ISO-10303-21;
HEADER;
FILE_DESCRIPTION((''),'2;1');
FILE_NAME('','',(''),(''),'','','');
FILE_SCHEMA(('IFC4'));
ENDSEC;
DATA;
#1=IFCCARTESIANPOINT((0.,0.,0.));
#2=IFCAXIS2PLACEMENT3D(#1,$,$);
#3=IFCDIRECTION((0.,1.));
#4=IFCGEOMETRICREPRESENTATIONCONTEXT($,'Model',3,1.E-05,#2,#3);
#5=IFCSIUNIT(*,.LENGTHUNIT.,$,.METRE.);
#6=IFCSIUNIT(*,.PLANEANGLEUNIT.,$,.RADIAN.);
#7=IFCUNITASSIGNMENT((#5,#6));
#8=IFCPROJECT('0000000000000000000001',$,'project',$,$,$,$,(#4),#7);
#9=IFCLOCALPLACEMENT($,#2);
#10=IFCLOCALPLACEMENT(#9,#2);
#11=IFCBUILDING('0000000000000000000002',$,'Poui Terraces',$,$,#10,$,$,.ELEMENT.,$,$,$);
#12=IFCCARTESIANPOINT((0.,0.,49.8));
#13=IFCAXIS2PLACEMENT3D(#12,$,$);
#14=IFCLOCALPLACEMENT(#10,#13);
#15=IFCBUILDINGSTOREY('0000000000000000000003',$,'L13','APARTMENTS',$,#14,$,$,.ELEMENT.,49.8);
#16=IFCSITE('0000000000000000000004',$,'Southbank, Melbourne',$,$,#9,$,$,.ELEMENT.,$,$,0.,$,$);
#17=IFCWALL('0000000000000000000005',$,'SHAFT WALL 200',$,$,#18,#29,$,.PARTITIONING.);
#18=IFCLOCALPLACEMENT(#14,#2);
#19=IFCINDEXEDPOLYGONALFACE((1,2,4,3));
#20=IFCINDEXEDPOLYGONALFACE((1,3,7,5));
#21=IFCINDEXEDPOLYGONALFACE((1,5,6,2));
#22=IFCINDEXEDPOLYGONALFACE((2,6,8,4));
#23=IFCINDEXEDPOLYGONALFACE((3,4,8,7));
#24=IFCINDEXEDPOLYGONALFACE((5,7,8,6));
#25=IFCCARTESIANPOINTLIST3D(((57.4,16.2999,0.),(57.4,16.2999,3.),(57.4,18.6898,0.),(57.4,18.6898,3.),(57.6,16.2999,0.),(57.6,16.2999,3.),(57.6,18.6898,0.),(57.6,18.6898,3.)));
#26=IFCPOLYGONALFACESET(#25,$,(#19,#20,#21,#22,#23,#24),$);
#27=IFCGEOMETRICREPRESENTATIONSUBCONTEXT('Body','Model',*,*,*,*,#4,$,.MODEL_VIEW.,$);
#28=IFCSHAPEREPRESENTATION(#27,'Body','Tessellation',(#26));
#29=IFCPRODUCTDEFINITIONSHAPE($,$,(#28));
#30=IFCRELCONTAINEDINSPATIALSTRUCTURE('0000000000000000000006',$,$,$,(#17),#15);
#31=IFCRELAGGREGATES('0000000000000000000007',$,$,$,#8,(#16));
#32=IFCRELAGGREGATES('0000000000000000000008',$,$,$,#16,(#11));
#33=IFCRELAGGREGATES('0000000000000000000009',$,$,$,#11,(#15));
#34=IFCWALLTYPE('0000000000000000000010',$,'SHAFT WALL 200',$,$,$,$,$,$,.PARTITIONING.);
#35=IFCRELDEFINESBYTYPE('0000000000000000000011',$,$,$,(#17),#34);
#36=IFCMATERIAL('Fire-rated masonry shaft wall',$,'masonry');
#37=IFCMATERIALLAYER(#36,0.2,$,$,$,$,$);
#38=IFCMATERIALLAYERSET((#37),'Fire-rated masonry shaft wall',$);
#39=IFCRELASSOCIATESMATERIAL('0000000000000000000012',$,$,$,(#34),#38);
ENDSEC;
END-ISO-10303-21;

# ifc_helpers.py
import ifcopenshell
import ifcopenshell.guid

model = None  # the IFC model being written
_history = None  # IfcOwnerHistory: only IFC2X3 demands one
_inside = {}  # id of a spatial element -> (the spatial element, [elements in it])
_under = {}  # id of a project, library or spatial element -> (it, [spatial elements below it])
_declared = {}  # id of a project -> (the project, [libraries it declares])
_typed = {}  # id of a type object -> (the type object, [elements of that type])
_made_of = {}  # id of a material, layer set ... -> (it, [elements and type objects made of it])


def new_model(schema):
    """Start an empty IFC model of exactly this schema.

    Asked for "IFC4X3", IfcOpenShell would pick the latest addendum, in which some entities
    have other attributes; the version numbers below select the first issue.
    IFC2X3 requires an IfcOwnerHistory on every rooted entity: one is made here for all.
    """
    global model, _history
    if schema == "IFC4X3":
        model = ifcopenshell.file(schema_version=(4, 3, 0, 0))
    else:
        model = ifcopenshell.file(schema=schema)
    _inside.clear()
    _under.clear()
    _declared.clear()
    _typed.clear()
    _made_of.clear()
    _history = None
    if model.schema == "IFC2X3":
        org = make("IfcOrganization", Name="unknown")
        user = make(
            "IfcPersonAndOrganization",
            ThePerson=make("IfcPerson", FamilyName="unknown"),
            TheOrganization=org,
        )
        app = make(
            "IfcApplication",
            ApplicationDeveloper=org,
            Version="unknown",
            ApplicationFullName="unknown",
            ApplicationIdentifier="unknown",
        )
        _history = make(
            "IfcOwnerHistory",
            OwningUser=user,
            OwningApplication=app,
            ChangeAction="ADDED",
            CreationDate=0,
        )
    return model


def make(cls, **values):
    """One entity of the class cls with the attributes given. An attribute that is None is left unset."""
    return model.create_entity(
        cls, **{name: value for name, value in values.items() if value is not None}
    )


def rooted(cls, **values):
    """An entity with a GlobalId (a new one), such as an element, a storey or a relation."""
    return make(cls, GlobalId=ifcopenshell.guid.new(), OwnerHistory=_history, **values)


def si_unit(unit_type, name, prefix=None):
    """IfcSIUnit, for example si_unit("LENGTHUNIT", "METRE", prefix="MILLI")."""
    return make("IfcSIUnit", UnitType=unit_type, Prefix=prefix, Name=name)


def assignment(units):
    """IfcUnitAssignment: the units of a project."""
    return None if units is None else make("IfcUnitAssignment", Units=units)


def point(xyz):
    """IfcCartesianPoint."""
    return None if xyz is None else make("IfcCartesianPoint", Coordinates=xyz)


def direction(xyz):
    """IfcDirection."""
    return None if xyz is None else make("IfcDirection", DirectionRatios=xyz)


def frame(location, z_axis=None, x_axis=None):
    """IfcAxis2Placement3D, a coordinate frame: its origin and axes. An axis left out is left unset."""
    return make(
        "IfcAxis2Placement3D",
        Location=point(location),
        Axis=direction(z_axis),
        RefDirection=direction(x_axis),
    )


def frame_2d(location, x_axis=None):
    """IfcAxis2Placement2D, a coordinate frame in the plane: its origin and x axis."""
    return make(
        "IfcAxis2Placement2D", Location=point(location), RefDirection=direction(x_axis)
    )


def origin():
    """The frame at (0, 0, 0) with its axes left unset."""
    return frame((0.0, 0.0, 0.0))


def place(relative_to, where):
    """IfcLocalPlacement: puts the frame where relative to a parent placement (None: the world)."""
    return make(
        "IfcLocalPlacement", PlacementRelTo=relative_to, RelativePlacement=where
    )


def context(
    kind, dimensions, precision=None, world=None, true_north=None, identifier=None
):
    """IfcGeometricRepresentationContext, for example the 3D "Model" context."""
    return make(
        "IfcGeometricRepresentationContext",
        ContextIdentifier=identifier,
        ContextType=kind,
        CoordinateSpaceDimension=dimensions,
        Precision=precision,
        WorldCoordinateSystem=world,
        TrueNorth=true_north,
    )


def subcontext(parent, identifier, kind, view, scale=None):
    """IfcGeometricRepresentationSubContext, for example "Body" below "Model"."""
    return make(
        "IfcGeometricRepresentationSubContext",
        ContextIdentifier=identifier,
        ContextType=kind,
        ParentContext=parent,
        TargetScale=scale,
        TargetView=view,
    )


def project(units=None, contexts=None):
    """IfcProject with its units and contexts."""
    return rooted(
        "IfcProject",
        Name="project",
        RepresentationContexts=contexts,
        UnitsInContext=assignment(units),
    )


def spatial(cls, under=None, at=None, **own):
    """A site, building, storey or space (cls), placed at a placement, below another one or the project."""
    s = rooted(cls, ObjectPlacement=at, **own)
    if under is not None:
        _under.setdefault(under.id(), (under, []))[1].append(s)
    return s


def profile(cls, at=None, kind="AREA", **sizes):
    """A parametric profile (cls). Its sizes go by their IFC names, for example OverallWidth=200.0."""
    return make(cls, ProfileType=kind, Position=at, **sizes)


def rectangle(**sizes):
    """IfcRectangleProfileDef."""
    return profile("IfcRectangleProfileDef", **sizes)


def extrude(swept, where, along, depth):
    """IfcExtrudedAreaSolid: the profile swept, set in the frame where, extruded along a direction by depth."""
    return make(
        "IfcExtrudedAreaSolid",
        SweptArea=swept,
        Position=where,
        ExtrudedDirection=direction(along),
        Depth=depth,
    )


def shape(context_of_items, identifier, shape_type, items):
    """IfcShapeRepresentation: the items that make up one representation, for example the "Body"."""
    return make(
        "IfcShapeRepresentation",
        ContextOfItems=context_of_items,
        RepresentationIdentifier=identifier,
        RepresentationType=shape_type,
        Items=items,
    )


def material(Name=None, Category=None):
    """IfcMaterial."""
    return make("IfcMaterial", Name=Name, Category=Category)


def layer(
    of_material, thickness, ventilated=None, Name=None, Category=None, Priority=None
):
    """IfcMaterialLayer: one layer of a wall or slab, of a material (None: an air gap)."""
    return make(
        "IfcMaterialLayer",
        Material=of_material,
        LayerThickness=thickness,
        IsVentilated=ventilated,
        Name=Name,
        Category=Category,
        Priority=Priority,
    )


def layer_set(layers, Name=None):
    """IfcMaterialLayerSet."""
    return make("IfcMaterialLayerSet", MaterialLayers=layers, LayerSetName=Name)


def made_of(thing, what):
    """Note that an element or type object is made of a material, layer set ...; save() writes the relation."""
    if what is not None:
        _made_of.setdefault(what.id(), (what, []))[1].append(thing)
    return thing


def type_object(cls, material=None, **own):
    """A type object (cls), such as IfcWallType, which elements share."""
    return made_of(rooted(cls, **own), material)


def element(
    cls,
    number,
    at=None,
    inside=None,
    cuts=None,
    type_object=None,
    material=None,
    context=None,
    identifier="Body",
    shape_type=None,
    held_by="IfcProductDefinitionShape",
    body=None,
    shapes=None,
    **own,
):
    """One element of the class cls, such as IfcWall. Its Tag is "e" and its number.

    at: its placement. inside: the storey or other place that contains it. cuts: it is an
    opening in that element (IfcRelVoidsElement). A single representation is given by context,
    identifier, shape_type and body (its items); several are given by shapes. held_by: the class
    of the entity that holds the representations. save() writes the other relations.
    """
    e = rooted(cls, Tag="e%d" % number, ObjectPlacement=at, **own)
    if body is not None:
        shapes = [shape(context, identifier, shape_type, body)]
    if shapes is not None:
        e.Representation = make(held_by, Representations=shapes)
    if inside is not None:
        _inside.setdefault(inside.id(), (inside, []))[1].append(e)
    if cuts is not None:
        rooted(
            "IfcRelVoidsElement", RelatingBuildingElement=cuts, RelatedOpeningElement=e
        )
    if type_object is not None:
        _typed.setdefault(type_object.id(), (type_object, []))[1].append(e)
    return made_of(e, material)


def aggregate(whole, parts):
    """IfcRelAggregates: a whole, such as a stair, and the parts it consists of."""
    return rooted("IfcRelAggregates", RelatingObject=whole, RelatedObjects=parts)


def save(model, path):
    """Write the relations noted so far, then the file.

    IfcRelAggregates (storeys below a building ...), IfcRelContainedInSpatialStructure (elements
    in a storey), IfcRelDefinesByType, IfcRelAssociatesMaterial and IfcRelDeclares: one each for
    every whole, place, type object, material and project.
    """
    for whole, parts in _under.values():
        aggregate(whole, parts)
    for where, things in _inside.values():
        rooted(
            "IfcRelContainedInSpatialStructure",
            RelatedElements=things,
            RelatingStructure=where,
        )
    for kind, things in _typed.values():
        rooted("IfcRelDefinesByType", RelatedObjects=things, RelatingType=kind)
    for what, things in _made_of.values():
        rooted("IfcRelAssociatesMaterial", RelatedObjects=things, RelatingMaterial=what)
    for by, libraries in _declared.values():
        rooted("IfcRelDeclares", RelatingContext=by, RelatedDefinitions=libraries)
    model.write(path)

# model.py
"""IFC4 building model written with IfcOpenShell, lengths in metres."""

from ifc_helpers import new_model, si_unit, direction, frame, frame_2d, origin, place, context, subcontext, project, spatial, rectangle, extrude, material, layer, layer_set, type_object, element, save


model = new_model("IFC4")

# Units and contexts
model_context = context("Model", 3, precision=1e-05, world=origin(), true_north=direction((0.0, 1.0)))
body_context = subcontext(model_context, "Body", "Model", "MODEL_VIEW")
ifc_project = project(units=[si_unit("LENGTHUNIT", "METRE"), si_unit("PLANEANGLEUNIT", "RADIAN")], contexts=[model_context])

# Site, building, storey
site_placement = place(None, origin())
site = spatial("IfcSite", under=ifc_project, at=site_placement, Name="Southbank, Melbourne", CompositionType="ELEMENT", RefElevation=0.0)
building_placement = place(site_placement, origin())
building = spatial("IfcBuilding", under=site, at=building_placement, Name="Poui Terraces", CompositionType="ELEMENT")
storey_placement = place(building_placement, frame((0.0, 0.0, 49.8)))
storey = spatial("IfcBuildingStorey", under=building, at=storey_placement, Name="L13", Description="APARTMENTS", CompositionType="ELEMENT", Elevation=49.8)

# Wall
ifc_material_1 = material(Name="Fire-rated masonry shaft wall", Category="masonry")
ifc_layer_1 = layer(ifc_material_1, 0.2)
ifc_layer_set_1 = layer_set([ifc_layer_1], Name="Fire-rated masonry shaft wall")
wall_type_1 = type_object("IfcWallType", Name="SHAFT WALL 200", PredefinedType="PARTITIONING", material=ifc_layer_set_1)
for number, where, z_axis, x_axis, name in (
    (1, (57.5, 16.3, 0.0), (0.0, 0.0, 1.0), (0.0, 1.0, 0.0), "SHAFT WALL 200"),
):
    element("IfcWall", number, at=place(storey_placement, frame(where, z_axis=z_axis, x_axis=x_axis)), inside=storey, type_object=wall_type_1, Name=name, PredefinedType="PARTITIONING", context=body_context, shape_type="SweptSolid", body=[
        extrude(rectangle(XDim=2.3899, YDim=0.2, at=frame_2d((1.1948, 0.0))), origin(), (0.0, 0.0, 1.0), 3.0),
    ])

save(model, "model.ifc")
